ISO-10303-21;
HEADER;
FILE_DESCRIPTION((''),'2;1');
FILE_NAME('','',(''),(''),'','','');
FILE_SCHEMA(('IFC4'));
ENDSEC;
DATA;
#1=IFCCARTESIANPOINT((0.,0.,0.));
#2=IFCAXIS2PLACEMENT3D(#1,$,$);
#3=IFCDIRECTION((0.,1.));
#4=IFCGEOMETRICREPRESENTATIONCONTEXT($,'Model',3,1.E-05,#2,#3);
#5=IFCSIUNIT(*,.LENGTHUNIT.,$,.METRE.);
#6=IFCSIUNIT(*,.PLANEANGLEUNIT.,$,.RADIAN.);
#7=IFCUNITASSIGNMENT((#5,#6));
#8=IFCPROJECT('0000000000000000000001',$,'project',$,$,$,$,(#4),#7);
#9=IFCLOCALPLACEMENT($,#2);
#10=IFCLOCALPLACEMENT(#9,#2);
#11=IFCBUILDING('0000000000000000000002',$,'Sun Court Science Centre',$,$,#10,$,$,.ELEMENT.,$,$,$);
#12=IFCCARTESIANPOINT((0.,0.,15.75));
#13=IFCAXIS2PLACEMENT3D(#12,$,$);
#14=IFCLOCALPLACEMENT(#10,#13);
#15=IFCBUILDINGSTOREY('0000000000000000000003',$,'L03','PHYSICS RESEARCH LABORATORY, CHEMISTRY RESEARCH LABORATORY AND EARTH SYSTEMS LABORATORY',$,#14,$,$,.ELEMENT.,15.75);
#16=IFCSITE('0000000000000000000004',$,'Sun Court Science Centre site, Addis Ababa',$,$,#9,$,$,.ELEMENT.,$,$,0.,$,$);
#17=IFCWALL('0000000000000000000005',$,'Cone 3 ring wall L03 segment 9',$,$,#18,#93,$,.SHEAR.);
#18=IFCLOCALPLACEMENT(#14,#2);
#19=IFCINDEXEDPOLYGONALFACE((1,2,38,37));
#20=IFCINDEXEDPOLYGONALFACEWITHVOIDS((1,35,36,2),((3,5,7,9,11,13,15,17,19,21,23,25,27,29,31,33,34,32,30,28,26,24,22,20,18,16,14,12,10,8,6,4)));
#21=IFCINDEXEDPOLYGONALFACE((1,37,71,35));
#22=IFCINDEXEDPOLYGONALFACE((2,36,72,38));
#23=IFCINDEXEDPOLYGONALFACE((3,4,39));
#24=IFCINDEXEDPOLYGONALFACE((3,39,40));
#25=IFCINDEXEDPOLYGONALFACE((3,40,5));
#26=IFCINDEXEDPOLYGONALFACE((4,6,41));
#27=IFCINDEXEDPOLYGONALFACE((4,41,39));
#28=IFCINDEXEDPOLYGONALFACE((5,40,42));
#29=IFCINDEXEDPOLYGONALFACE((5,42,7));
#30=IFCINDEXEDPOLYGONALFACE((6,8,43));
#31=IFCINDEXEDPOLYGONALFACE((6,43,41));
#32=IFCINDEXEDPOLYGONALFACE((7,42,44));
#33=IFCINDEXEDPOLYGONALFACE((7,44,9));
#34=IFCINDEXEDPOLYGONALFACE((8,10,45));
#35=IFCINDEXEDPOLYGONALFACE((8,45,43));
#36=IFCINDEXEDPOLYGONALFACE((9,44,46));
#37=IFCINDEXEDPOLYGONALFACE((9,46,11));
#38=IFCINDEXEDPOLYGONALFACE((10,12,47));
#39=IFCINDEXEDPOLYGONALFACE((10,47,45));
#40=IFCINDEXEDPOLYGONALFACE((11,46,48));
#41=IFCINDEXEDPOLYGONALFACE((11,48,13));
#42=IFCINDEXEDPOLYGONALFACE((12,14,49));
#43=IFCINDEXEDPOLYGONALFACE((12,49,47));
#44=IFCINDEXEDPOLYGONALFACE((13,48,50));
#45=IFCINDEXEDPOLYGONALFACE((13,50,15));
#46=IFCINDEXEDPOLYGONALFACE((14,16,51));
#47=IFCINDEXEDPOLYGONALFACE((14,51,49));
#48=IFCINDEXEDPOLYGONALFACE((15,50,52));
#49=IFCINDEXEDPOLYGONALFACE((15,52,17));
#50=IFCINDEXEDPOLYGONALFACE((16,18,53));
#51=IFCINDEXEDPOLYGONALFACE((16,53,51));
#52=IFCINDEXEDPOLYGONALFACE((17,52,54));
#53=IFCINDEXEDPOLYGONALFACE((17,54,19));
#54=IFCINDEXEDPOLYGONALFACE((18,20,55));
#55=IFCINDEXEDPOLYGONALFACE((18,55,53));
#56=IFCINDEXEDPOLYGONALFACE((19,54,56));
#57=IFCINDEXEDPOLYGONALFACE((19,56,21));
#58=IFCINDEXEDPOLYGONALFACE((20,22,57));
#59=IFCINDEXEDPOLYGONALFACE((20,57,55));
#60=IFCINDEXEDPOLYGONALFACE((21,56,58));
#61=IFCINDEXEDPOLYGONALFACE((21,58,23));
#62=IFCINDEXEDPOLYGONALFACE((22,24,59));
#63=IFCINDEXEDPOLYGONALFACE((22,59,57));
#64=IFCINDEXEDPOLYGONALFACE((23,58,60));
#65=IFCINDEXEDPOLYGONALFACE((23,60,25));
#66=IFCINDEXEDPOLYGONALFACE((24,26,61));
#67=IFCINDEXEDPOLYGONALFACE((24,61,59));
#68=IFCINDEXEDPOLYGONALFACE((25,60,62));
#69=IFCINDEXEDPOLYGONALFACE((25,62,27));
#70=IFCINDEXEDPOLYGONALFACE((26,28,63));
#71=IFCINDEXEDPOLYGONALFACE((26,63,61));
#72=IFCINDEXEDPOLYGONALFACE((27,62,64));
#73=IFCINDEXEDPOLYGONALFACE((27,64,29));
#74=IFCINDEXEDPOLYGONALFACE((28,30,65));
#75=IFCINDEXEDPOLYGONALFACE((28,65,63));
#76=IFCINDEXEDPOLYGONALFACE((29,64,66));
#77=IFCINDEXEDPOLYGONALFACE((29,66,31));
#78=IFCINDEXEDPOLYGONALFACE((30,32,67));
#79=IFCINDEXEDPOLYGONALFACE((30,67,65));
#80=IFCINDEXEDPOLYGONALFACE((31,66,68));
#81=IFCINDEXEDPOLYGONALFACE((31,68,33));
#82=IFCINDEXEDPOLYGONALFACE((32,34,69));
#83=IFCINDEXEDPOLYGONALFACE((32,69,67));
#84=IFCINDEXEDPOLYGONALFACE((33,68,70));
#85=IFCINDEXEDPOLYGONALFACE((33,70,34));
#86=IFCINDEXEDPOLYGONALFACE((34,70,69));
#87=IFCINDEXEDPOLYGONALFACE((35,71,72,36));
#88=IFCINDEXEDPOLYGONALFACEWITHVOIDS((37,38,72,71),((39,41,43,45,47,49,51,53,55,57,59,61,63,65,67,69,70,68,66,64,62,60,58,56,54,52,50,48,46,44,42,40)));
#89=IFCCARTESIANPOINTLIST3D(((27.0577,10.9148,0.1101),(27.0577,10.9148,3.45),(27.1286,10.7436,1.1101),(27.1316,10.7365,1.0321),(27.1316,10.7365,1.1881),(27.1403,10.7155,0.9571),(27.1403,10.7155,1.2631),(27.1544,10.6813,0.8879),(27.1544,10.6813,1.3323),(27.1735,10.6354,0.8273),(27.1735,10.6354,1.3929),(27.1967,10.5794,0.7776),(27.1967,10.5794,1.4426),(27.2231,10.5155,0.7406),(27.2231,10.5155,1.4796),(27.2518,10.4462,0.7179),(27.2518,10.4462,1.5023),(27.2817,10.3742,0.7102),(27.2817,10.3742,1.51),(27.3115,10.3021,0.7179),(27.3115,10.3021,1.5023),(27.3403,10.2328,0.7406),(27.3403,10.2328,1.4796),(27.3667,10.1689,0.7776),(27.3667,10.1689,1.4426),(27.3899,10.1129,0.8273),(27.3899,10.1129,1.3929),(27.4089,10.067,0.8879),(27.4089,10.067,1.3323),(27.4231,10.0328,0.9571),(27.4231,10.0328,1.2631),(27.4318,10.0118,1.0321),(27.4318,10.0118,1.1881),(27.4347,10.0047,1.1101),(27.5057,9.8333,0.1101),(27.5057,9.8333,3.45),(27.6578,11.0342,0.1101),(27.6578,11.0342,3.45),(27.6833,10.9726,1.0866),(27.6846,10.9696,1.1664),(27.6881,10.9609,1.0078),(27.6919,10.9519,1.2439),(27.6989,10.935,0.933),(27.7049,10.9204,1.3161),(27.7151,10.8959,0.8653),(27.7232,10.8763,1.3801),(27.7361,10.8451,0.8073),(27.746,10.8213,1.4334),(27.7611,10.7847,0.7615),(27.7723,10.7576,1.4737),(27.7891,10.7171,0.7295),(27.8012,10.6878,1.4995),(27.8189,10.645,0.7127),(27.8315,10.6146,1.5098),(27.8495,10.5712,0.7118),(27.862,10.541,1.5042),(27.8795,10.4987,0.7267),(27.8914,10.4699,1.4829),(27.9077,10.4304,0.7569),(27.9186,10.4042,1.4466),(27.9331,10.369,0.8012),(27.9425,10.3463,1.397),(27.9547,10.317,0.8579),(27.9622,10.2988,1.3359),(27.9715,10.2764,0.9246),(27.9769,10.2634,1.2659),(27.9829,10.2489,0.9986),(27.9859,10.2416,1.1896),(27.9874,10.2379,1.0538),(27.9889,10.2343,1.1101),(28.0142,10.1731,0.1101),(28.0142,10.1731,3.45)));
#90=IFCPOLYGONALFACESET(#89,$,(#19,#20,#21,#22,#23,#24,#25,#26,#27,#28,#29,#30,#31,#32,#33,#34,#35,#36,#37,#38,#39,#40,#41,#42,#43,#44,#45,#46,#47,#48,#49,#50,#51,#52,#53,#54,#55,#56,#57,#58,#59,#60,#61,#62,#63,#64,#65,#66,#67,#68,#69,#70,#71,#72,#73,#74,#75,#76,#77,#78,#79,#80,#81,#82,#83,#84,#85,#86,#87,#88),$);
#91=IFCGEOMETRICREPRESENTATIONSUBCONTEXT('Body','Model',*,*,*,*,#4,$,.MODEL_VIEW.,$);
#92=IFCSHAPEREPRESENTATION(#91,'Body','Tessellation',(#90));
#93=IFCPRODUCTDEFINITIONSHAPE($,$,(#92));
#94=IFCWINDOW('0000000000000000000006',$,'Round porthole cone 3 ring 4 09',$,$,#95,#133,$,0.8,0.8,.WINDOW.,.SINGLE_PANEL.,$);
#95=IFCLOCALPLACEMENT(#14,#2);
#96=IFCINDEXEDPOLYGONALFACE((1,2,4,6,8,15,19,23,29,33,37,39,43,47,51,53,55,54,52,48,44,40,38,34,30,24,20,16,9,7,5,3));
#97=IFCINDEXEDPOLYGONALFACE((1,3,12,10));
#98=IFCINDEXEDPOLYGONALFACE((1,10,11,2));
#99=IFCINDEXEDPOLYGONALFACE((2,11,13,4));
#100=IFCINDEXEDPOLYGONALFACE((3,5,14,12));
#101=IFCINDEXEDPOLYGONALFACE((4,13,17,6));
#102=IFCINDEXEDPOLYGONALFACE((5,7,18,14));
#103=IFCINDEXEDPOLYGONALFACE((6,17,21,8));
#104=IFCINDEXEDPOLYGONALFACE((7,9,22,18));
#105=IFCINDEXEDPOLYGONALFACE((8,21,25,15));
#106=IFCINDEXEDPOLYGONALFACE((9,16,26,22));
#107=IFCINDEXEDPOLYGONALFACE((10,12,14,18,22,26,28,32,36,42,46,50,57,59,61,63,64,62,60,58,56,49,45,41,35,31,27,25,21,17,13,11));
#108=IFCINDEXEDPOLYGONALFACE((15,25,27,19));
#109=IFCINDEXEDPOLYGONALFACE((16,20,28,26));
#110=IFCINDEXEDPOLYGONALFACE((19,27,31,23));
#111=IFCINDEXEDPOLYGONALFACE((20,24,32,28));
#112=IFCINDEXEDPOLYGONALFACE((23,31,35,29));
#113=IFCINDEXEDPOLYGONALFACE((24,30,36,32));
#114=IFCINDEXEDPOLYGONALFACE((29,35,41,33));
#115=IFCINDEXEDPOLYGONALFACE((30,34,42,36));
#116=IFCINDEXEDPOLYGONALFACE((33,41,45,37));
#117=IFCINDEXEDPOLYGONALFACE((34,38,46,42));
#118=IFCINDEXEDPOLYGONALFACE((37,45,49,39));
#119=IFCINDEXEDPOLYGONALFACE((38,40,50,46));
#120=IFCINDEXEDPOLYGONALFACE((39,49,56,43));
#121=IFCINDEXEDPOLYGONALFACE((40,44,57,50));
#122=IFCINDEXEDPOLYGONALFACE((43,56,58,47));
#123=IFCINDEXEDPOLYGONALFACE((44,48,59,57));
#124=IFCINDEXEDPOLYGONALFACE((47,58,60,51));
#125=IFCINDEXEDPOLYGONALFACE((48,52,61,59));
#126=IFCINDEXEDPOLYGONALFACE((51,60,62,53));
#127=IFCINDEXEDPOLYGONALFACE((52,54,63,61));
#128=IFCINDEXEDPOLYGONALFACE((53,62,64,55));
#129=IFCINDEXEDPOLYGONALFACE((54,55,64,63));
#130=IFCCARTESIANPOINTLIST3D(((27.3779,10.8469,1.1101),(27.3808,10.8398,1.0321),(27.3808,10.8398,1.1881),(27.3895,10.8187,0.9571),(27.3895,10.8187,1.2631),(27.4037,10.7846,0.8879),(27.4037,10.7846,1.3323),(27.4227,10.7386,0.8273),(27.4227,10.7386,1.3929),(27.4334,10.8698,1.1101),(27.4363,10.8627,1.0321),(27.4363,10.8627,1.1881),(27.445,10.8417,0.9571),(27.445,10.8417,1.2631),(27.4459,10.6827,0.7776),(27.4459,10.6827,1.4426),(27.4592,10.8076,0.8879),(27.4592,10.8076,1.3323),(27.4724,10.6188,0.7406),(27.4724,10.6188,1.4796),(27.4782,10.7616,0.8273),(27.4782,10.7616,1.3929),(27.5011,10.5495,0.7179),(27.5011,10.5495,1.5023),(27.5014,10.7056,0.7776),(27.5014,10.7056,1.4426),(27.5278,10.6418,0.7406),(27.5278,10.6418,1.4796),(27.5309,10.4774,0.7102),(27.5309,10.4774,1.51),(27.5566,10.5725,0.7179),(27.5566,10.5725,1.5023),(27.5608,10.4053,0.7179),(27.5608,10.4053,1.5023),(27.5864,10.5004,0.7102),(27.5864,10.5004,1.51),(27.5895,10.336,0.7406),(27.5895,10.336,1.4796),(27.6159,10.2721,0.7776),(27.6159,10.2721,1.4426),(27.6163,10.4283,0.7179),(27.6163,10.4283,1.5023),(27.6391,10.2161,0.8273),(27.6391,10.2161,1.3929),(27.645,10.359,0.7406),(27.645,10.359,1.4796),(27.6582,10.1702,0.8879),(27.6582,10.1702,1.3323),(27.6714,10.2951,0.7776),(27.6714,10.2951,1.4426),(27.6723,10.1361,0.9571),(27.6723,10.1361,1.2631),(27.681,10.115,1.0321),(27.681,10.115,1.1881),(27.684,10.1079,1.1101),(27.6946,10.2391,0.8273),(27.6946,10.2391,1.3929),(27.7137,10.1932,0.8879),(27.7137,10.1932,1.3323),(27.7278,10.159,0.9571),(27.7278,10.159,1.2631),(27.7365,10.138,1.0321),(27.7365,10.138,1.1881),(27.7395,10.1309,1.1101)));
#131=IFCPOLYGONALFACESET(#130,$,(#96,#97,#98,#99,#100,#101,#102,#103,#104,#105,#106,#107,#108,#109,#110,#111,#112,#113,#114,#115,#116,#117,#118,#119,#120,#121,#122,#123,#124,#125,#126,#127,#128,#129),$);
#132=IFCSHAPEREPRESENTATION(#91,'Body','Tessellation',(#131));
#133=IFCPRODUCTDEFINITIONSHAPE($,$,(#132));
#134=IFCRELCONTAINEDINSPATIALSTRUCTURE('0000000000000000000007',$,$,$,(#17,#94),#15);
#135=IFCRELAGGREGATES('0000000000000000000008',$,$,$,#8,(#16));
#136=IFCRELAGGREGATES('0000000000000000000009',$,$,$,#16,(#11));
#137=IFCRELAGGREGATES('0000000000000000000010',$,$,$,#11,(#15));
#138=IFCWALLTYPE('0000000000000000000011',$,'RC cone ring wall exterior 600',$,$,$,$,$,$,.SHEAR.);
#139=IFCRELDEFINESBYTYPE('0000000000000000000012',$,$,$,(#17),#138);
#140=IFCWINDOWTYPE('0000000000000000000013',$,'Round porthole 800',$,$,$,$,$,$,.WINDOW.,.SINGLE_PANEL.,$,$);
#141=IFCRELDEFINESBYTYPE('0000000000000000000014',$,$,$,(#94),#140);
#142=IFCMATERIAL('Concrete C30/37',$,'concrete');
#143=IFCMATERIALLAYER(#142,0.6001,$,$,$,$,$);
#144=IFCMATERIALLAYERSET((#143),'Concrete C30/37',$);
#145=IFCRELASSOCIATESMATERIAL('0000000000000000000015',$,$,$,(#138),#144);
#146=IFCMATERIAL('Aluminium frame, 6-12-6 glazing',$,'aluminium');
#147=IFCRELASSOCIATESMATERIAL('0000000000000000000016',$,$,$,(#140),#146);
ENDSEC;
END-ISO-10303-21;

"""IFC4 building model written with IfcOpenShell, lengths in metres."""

from ifc_helpers import new_model, si_unit, direction, frame, frame_2d, origin, place, context, subcontext, project, spatial, polyline, circle, outline, extrude, material, layer, layer_set, type_object, element, fill, save


model = new_model("IFC4")

# Units and contexts
model_context = context("Model", 3, precision=1e-05, world=origin(), true_north=direction((0.0, 1.0)))
body_context = subcontext(model_context, "Body", "Model", "MODEL_VIEW")
ifc_project = project(units=[si_unit("LENGTHUNIT", "METRE"), si_unit("PLANEANGLEUNIT", "RADIAN")], contexts=[model_context])

# Site, building, storey
site_placement = place(None, origin())
site = spatial("IfcSite", under=ifc_project, at=site_placement, Name="Sun Court Science Centre site, Addis Ababa", CompositionType="ELEMENT", RefElevation=0.0)
building_placement = place(site_placement, origin())
building = spatial("IfcBuilding", under=site, at=building_placement, Name="Sun Court Science Centre", CompositionType="ELEMENT")
storey_placement = place(building_placement, frame((0.0, 0.0, 15.75)))
storey = spatial("IfcBuildingStorey", under=building, at=storey_placement, Name="L03", Description="PHYSICS RESEARCH LABORATORY, CHEMISTRY RESEARCH LABORATORY AND EARTH SYSTEMS LABORATORY", CompositionType="ELEMENT", Elevation=15.75)

# Wall, opening, window
ifc_material_1 = material(Name="Concrete C30/37", Category="concrete")
ifc_layer_1 = layer(ifc_material_1, 0.6001)
ifc_layer_set_1 = layer_set([ifc_layer_1], Name="Concrete C30/37")
wall_type_1 = type_object("IfcWallType", Name="RC cone ring wall exterior 600", PredefinedType="SHEAR", material=ifc_layer_set_1)
ifc_material_2 = material(Name="Aluminium frame, 6-12-6 glazing", Category="aluminium")
window_type = type_object("IfcWindowType", Name="Round porthole 800", PartitioningType="SINGLE_PANEL", PredefinedType="WINDOW", material=ifc_material_2)
wall_1_placement = place(storey_placement, frame((27.3347, 11.0295, 0.1101), z_axis=(0.0, 0.0, 1.0), x_axis=(0.382689, -0.923877, 0.0)))
wall_1 = element("IfcWall", 1, at=wall_1_placement, inside=storey, type_object=wall_type_1, Name="Cone 3 ring wall L03 segment 9", PredefinedType="SHEAR", context=body_context, shape_type="SweptSolid", body=[
    extrude(outline(polyline([(0.0, -0.2998), (1.1707, -0.2998), (1.0513, 0.3), (0.1194, 0.3003), (0.0, -0.2998)])), origin(), (0.0, 0.0, 1.0), 3.3398),
])
opening_1_placement = place(wall_1_placement, frame((0.1853, 0.0, 0.6001)))
opening_1 = element("IfcOpeningElement", 2, at=opening_1_placement, cuts=wall_1, PredefinedType="OPENING", context=body_context, shape_type="SweptSolid", body=[
    extrude(circle(Radius=0.3999, at=frame_2d((0.3999, 0.3999))), frame((0.0, 0.3101, 0.0), z_axis=(0.0, -1.0, 0.0), x_axis=(1.0, 0.0, 0.0)), (0.0, 0.0, 1.0), 0.6201),
])
window_1_placement = place(opening_1_placement, origin())
window_1 = element("IfcWindow", 3, at=window_1_placement, inside=storey, type_object=window_type, Name="Round porthole cone 3 ring 4 09", OverallHeight=0.8, OverallWidth=0.8, PartitioningType="SINGLE_PANEL", PredefinedType="WINDOW", context=body_context, shape_type="SweptSolid", body=[
    extrude(circle(Radius=0.3999, at=frame_2d((0.3999, 0.3999))), frame((0.0, 0.03, 0.0), z_axis=(0.0, -1.0, 0.0), x_axis=(1.0, 0.0, 0.0)), (0.0, 0.0, 1.0), 0.0601),
])
fill(opening_1, window_1)

save(model, "model.ifc")
